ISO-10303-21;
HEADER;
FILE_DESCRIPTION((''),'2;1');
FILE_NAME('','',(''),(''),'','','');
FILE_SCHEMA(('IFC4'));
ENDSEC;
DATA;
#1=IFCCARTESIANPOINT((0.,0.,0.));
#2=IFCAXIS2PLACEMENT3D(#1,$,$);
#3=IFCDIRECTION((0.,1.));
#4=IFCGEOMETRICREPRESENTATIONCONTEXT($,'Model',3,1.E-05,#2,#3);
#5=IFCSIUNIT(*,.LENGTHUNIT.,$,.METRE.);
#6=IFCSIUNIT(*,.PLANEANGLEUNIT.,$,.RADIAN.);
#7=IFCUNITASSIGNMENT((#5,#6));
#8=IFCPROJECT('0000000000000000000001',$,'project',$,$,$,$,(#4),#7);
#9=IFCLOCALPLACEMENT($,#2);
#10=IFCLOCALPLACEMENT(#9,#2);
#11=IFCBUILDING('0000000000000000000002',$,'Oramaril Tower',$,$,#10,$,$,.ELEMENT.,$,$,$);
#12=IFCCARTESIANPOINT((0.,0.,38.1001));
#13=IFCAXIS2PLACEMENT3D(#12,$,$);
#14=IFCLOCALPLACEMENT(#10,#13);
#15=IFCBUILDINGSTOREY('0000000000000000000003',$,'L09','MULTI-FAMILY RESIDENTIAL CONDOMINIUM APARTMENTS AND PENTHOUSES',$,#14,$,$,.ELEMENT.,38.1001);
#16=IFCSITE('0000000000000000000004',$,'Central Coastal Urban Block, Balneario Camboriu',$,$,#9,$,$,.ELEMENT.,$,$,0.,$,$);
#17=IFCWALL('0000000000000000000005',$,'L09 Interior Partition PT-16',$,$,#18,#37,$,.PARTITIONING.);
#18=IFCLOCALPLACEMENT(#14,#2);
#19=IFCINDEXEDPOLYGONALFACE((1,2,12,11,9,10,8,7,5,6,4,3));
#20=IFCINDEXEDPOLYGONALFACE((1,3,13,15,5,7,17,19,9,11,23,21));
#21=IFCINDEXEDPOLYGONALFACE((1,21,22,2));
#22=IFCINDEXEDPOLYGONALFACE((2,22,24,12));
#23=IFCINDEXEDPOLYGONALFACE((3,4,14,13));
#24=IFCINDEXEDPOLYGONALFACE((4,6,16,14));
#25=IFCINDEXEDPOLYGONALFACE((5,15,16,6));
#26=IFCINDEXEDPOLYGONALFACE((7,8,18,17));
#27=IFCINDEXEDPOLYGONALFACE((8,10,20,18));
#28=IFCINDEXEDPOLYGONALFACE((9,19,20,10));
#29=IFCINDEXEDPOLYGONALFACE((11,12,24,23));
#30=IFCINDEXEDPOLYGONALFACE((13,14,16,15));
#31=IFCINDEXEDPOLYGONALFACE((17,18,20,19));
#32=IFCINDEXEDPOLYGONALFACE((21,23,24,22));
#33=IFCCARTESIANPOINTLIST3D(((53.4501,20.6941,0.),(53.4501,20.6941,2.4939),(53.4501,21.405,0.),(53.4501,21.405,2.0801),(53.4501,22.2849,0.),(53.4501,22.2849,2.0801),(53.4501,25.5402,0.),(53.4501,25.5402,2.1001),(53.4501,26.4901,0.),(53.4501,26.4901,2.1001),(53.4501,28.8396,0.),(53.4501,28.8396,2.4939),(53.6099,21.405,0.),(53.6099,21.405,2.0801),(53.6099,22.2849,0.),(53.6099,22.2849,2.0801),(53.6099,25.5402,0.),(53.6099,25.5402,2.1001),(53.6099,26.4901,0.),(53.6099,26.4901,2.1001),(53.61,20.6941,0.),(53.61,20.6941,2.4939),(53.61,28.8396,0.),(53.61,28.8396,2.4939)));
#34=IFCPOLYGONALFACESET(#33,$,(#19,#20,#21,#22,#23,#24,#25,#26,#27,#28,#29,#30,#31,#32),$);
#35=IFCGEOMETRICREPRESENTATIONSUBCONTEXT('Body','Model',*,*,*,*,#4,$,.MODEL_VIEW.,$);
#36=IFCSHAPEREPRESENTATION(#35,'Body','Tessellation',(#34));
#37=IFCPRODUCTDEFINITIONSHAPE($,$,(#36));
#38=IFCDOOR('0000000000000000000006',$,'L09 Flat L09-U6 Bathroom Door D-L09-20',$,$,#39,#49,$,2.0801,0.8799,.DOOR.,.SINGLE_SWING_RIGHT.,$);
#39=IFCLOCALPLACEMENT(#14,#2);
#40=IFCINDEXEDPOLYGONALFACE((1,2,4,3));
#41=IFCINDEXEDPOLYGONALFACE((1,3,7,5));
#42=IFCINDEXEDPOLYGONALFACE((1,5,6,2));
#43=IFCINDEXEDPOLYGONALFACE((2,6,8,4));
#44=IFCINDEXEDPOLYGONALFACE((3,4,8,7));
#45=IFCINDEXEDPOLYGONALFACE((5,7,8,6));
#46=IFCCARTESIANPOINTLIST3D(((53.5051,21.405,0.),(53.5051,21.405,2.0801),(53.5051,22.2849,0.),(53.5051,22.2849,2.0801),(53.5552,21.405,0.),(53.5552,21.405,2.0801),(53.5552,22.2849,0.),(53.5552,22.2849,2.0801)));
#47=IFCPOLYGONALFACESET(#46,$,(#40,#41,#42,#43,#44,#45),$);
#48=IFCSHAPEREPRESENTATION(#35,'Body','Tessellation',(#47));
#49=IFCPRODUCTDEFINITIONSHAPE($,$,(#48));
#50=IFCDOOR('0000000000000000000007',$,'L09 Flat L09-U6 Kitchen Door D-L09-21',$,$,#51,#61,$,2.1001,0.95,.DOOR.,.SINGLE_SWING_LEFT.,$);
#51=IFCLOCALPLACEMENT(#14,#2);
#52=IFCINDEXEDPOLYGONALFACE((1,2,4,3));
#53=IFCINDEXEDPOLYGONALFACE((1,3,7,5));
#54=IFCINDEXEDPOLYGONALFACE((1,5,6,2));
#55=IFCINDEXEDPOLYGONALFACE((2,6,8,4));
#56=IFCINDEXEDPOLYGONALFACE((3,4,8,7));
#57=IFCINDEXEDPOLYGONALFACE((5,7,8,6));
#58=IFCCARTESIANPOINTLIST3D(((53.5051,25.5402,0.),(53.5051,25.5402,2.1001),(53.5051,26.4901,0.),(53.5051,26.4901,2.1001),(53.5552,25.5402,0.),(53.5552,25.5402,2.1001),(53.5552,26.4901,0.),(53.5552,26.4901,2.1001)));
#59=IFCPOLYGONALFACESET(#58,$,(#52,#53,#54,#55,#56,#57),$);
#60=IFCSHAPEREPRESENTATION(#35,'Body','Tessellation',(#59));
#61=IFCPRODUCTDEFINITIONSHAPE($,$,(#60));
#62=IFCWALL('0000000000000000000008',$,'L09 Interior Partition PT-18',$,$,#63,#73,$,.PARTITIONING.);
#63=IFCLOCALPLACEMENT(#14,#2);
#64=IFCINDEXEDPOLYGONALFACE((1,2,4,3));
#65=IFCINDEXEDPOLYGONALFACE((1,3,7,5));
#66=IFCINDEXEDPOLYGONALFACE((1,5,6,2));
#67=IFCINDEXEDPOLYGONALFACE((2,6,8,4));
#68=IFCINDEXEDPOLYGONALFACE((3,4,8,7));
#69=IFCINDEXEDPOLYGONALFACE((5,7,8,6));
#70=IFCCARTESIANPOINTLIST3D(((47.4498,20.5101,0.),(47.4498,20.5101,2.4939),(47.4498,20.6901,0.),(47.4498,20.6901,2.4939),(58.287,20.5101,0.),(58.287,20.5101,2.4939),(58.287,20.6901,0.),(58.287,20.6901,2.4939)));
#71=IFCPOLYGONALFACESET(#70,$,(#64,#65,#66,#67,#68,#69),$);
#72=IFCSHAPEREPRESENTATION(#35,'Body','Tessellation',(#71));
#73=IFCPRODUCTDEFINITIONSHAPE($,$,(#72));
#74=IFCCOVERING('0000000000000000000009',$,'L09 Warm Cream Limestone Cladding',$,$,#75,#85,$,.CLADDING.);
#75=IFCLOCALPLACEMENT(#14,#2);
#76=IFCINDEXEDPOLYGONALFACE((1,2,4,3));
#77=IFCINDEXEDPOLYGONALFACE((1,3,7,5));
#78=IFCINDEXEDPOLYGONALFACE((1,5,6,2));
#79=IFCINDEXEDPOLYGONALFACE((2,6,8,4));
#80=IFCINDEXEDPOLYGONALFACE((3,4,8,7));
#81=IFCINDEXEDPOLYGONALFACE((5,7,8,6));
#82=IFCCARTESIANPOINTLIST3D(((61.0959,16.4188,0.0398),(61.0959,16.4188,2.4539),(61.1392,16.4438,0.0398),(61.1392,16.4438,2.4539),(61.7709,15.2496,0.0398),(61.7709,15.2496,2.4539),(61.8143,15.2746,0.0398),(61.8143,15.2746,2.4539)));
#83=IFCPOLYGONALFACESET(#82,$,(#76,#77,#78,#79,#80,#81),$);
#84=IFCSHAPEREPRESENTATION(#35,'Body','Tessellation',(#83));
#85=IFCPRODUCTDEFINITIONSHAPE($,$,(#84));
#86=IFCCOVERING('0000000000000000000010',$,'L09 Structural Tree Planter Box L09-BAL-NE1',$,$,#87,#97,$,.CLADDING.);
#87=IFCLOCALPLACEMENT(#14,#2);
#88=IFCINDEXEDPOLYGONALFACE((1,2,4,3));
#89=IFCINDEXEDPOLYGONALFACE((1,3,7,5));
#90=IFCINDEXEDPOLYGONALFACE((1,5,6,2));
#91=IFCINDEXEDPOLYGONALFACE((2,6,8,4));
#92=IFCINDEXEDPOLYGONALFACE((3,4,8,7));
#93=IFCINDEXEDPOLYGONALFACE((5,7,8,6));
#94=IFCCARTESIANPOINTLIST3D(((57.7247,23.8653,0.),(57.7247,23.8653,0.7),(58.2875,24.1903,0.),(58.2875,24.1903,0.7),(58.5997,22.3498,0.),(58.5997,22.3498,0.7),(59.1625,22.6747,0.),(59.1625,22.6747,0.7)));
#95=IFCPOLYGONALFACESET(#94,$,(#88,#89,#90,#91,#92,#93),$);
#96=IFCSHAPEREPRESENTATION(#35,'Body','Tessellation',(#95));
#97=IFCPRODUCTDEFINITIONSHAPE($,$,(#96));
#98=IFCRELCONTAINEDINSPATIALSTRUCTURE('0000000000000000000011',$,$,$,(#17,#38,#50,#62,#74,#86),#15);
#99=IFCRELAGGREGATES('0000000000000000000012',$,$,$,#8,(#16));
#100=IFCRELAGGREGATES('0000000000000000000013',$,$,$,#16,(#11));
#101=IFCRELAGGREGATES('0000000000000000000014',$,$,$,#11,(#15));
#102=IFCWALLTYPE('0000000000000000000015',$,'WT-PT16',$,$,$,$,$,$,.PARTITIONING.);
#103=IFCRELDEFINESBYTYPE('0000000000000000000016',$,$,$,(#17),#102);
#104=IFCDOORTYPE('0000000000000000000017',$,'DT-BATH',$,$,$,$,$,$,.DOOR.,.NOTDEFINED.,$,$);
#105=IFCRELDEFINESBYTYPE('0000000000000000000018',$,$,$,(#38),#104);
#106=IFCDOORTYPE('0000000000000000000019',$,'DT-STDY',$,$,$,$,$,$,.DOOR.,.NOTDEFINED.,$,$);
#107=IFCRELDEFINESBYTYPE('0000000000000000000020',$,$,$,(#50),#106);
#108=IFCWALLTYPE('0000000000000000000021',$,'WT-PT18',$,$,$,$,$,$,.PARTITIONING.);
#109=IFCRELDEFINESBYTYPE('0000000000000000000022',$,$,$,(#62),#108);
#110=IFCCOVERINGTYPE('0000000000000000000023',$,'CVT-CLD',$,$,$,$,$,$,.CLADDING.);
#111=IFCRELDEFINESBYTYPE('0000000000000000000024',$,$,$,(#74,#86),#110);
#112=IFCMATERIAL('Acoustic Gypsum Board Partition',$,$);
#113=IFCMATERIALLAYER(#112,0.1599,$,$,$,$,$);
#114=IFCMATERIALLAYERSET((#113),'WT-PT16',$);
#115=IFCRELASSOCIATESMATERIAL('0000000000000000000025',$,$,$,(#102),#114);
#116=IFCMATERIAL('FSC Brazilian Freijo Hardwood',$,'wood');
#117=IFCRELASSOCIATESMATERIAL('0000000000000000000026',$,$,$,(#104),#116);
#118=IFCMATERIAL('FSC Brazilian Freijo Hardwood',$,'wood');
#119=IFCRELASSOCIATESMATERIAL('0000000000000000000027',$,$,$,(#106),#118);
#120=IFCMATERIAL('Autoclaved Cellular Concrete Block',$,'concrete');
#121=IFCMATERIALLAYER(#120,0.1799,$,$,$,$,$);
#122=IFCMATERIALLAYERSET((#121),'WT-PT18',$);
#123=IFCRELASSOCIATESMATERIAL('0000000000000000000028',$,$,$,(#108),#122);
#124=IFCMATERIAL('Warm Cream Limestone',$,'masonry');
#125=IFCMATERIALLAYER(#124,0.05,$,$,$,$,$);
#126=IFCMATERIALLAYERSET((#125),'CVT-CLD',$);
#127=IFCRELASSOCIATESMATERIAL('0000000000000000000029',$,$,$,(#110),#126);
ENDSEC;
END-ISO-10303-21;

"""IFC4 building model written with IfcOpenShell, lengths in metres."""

from ifc_helpers import new_model, si_unit, direction, frame, frame_2d, origin, origin_2d, place, context, subcontext, project, spatial, rectangle, extrude, material, layer, layer_set, type_object, element, fill, save


model = new_model("IFC4")

# Units and contexts
model_context = context("Model", 3, precision=1e-05, world=origin(), true_north=direction((0.0, 1.0)))
body_context = subcontext(model_context, "Body", "Model", "MODEL_VIEW")
ifc_project = project(units=[si_unit("LENGTHUNIT", "METRE"), si_unit("PLANEANGLEUNIT", "RADIAN")], contexts=[model_context])

# Site, building, storey
site_placement = place(None, origin())
site = spatial("IfcSite", under=ifc_project, at=site_placement, Name="Central Coastal Urban Block, Balneario Camboriu", CompositionType="ELEMENT", RefElevation=0.0)
building_placement = place(site_placement, origin())
building = spatial("IfcBuilding", under=site, at=building_placement, Name="Oramaril Tower", CompositionType="ELEMENT")
storey_placement = place(building_placement, frame((0.0, 0.0, 38.1001)))
storey = spatial("IfcBuildingStorey", under=building, at=storey_placement, Name="L09", Description="MULTI-FAMILY RESIDENTIAL CONDOMINIUM APARTMENTS AND PENTHOUSES", CompositionType="ELEMENT", Elevation=38.1001)

# Shared definitions
ifc_material_1 = material(Name="Acoustic Gypsum Board Partition")
ifc_layer_1 = layer(ifc_material_1, 0.1599)
ifc_layer_set_1 = layer_set([ifc_layer_1], Name="WT-PT16")
wall_type_1 = type_object("IfcWallType", Name="WT-PT16", PredefinedType="PARTITIONING", material=ifc_layer_set_1)

# Wall, openings, doors
wall_1_placement = place(storey_placement, frame((53.53, 20.6941, 0.0), z_axis=(0.0, 0.0, 1.0), x_axis=(0.0, 1.0, 0.0)))
wall_1 = element("IfcWall", 1, at=wall_1_placement, inside=storey, type_object=wall_type_1, Name="L09 Interior Partition PT-16", PredefinedType="PARTITIONING", context=body_context, shape_type="SweptSolid", body=[
    extrude(rectangle(XDim=8.1455, YDim=0.1599, at=frame_2d((4.0728, 0.0))), origin(), (0.0, 0.0, 1.0), 2.4939),
])
opening_1_placement = place(wall_1_placement, frame((0.7109, 0.0, 0.0)))
opening_1 = element("IfcOpeningElement", 2, at=opening_1_placement, cuts=wall_1, PredefinedType="OPENING", context=body_context, shape_type="SweptSolid", body=[
    extrude(rectangle(XDim=0.8799, YDim=2.0801, at=frame_2d((0.4399, 1.04))), frame((0.0, 0.0801, 0.0), z_axis=(0.0, -1.0, 0.0), x_axis=(1.0, 0.0, 0.0)), (0.0, 0.0, 1.0), 0.1599),
])
opening_2_placement = place(wall_1_placement, frame((4.8459, 0.0, 0.0)))
opening_2 = element("IfcOpeningElement", 3, at=opening_2_placement, cuts=wall_1, PredefinedType="OPENING", context=body_context, shape_type="SweptSolid", body=[
    extrude(rectangle(XDim=0.95, YDim=2.1001, at=frame_2d((0.4751, 1.05))), frame((0.0, 0.0801, 0.0), z_axis=(0.0, -1.0, 0.0), x_axis=(1.0, 0.0, 0.0)), (0.0, 0.0, 1.0), 0.1599),
])
ifc_material_2 = material(Name="FSC Brazilian Freijo Hardwood", Category="wood")
door_type_1 = type_object("IfcDoorType", Name="DT-BATH", OperationType="NOTDEFINED", PredefinedType="DOOR", material=ifc_material_2)
door_1_placement = place(opening_1_placement, origin())
door_1 = element("IfcDoor", 4, at=door_1_placement, inside=storey, type_object=door_type_1, Name="L09 Flat L09-U6 Bathroom Door D-L09-20", OperationType="SINGLE_SWING_RIGHT", OverallHeight=2.0801, OverallWidth=0.8799, PredefinedType="DOOR", context=body_context, shape_type="SweptSolid", body=[
    extrude(rectangle(XDim=0.8799, YDim=2.0801, at=frame_2d((0.4399, 1.04))), frame((0.0, 0.0249, 0.0), z_axis=(0.0, -1.0, 0.0), x_axis=(1.0, 0.0, 0.0)), (0.0, 0.0, 1.0), 0.05),
])
fill(opening_1, door_1)
ifc_material_3 = material(Name="FSC Brazilian Freijo Hardwood", Category="wood")
door_type_2 = type_object("IfcDoorType", Name="DT-STDY", OperationType="NOTDEFINED", PredefinedType="DOOR", material=ifc_material_3)
door_2_placement = place(opening_2_placement, origin())
door_2 = element("IfcDoor", 5, at=door_2_placement, inside=storey, type_object=door_type_2, Name="L09 Flat L09-U6 Kitchen Door D-L09-21", OperationType="SINGLE_SWING_LEFT", OverallHeight=2.1001, OverallWidth=0.95, PredefinedType="DOOR", context=body_context, shape_type="SweptSolid", body=[
    extrude(rectangle(XDim=0.95, YDim=2.1001, at=frame_2d((0.4751, 1.05))), frame((0.0, 0.0249, 0.0), z_axis=(0.0, -1.0, 0.0), x_axis=(1.0, 0.0, 0.0)), (0.0, 0.0, 1.0), 0.05),
])
fill(opening_2, door_2)

# Wall
ifc_material_4 = material(Name="Autoclaved Cellular Concrete Block", Category="concrete")
ifc_layer_2 = layer(ifc_material_4, 0.1799)
ifc_layer_set_2 = layer_set([ifc_layer_2], Name="WT-PT18")
wall_type_2 = type_object("IfcWallType", Name="WT-PT18", PredefinedType="PARTITIONING", material=ifc_layer_set_2)
wall_2_placement = place(storey_placement, frame((47.45, 20.6001, 0.0), z_axis=(0.0, 0.0, 1.0), x_axis=(1.0, 0.0, 0.0)))
element("IfcWall", 6, at=wall_2_placement, inside=storey, type_object=wall_type_2, Name="L09 Interior Partition PT-18", PredefinedType="PARTITIONING", context=body_context, shape_type="SweptSolid", body=[
    extrude(rectangle(XDim=10.8372, YDim=0.1799, at=frame_2d((5.4185, 0.0))), origin(), (0.0, 0.0, 1.0), 2.4939),
])

# Coverings
ifc_material_5 = material(Name="Warm Cream Limestone", Category="masonry")
ifc_layer_3 = layer(ifc_material_5, 0.05)
ifc_layer_set_3 = layer_set([ifc_layer_3], Name="CVT-CLD")
covering_type = type_object("IfcCoveringType", Name="CVT-CLD", PredefinedType="CLADDING", material=ifc_layer_set_3)
covering_1_placement = place(storey_placement, frame((61.4551, 15.8467, 0.0398), z_axis=(0.0, 0.0, 1.0), x_axis=(-0.499998, 0.866026, 0.0)))
element("IfcCovering", 7, at=covering_1_placement, inside=storey, type_object=covering_type, Name="L09 Warm Cream Limestone Cladding", PredefinedType="CLADDING", context=body_context, shape_type="SweptSolid", body=[
    extrude(rectangle(XDim=1.3501, YDim=0.05, at=origin_2d()), origin(), (0.0, 0.0, 1.0), 2.4141),
])
covering_2_placement = place(storey_placement, frame((58.4436, 23.27, 0.0), z_axis=(0.0, 0.0, 1.0), x_axis=(-0.499998, 0.866026, 0.0)))
element("IfcCovering", 8, at=covering_2_placement, inside=storey, type_object=covering_type, Name="L09 Structural Tree Planter Box L09-BAL-NE1", PredefinedType="CLADDING", context=body_context, shape_type="SweptSolid", body=[
    extrude(rectangle(XDim=1.75, YDim=0.6499, at=origin_2d()), origin(), (0.0, 0.0, 1.0), 0.7),
])

save(model, "model.ifc")
